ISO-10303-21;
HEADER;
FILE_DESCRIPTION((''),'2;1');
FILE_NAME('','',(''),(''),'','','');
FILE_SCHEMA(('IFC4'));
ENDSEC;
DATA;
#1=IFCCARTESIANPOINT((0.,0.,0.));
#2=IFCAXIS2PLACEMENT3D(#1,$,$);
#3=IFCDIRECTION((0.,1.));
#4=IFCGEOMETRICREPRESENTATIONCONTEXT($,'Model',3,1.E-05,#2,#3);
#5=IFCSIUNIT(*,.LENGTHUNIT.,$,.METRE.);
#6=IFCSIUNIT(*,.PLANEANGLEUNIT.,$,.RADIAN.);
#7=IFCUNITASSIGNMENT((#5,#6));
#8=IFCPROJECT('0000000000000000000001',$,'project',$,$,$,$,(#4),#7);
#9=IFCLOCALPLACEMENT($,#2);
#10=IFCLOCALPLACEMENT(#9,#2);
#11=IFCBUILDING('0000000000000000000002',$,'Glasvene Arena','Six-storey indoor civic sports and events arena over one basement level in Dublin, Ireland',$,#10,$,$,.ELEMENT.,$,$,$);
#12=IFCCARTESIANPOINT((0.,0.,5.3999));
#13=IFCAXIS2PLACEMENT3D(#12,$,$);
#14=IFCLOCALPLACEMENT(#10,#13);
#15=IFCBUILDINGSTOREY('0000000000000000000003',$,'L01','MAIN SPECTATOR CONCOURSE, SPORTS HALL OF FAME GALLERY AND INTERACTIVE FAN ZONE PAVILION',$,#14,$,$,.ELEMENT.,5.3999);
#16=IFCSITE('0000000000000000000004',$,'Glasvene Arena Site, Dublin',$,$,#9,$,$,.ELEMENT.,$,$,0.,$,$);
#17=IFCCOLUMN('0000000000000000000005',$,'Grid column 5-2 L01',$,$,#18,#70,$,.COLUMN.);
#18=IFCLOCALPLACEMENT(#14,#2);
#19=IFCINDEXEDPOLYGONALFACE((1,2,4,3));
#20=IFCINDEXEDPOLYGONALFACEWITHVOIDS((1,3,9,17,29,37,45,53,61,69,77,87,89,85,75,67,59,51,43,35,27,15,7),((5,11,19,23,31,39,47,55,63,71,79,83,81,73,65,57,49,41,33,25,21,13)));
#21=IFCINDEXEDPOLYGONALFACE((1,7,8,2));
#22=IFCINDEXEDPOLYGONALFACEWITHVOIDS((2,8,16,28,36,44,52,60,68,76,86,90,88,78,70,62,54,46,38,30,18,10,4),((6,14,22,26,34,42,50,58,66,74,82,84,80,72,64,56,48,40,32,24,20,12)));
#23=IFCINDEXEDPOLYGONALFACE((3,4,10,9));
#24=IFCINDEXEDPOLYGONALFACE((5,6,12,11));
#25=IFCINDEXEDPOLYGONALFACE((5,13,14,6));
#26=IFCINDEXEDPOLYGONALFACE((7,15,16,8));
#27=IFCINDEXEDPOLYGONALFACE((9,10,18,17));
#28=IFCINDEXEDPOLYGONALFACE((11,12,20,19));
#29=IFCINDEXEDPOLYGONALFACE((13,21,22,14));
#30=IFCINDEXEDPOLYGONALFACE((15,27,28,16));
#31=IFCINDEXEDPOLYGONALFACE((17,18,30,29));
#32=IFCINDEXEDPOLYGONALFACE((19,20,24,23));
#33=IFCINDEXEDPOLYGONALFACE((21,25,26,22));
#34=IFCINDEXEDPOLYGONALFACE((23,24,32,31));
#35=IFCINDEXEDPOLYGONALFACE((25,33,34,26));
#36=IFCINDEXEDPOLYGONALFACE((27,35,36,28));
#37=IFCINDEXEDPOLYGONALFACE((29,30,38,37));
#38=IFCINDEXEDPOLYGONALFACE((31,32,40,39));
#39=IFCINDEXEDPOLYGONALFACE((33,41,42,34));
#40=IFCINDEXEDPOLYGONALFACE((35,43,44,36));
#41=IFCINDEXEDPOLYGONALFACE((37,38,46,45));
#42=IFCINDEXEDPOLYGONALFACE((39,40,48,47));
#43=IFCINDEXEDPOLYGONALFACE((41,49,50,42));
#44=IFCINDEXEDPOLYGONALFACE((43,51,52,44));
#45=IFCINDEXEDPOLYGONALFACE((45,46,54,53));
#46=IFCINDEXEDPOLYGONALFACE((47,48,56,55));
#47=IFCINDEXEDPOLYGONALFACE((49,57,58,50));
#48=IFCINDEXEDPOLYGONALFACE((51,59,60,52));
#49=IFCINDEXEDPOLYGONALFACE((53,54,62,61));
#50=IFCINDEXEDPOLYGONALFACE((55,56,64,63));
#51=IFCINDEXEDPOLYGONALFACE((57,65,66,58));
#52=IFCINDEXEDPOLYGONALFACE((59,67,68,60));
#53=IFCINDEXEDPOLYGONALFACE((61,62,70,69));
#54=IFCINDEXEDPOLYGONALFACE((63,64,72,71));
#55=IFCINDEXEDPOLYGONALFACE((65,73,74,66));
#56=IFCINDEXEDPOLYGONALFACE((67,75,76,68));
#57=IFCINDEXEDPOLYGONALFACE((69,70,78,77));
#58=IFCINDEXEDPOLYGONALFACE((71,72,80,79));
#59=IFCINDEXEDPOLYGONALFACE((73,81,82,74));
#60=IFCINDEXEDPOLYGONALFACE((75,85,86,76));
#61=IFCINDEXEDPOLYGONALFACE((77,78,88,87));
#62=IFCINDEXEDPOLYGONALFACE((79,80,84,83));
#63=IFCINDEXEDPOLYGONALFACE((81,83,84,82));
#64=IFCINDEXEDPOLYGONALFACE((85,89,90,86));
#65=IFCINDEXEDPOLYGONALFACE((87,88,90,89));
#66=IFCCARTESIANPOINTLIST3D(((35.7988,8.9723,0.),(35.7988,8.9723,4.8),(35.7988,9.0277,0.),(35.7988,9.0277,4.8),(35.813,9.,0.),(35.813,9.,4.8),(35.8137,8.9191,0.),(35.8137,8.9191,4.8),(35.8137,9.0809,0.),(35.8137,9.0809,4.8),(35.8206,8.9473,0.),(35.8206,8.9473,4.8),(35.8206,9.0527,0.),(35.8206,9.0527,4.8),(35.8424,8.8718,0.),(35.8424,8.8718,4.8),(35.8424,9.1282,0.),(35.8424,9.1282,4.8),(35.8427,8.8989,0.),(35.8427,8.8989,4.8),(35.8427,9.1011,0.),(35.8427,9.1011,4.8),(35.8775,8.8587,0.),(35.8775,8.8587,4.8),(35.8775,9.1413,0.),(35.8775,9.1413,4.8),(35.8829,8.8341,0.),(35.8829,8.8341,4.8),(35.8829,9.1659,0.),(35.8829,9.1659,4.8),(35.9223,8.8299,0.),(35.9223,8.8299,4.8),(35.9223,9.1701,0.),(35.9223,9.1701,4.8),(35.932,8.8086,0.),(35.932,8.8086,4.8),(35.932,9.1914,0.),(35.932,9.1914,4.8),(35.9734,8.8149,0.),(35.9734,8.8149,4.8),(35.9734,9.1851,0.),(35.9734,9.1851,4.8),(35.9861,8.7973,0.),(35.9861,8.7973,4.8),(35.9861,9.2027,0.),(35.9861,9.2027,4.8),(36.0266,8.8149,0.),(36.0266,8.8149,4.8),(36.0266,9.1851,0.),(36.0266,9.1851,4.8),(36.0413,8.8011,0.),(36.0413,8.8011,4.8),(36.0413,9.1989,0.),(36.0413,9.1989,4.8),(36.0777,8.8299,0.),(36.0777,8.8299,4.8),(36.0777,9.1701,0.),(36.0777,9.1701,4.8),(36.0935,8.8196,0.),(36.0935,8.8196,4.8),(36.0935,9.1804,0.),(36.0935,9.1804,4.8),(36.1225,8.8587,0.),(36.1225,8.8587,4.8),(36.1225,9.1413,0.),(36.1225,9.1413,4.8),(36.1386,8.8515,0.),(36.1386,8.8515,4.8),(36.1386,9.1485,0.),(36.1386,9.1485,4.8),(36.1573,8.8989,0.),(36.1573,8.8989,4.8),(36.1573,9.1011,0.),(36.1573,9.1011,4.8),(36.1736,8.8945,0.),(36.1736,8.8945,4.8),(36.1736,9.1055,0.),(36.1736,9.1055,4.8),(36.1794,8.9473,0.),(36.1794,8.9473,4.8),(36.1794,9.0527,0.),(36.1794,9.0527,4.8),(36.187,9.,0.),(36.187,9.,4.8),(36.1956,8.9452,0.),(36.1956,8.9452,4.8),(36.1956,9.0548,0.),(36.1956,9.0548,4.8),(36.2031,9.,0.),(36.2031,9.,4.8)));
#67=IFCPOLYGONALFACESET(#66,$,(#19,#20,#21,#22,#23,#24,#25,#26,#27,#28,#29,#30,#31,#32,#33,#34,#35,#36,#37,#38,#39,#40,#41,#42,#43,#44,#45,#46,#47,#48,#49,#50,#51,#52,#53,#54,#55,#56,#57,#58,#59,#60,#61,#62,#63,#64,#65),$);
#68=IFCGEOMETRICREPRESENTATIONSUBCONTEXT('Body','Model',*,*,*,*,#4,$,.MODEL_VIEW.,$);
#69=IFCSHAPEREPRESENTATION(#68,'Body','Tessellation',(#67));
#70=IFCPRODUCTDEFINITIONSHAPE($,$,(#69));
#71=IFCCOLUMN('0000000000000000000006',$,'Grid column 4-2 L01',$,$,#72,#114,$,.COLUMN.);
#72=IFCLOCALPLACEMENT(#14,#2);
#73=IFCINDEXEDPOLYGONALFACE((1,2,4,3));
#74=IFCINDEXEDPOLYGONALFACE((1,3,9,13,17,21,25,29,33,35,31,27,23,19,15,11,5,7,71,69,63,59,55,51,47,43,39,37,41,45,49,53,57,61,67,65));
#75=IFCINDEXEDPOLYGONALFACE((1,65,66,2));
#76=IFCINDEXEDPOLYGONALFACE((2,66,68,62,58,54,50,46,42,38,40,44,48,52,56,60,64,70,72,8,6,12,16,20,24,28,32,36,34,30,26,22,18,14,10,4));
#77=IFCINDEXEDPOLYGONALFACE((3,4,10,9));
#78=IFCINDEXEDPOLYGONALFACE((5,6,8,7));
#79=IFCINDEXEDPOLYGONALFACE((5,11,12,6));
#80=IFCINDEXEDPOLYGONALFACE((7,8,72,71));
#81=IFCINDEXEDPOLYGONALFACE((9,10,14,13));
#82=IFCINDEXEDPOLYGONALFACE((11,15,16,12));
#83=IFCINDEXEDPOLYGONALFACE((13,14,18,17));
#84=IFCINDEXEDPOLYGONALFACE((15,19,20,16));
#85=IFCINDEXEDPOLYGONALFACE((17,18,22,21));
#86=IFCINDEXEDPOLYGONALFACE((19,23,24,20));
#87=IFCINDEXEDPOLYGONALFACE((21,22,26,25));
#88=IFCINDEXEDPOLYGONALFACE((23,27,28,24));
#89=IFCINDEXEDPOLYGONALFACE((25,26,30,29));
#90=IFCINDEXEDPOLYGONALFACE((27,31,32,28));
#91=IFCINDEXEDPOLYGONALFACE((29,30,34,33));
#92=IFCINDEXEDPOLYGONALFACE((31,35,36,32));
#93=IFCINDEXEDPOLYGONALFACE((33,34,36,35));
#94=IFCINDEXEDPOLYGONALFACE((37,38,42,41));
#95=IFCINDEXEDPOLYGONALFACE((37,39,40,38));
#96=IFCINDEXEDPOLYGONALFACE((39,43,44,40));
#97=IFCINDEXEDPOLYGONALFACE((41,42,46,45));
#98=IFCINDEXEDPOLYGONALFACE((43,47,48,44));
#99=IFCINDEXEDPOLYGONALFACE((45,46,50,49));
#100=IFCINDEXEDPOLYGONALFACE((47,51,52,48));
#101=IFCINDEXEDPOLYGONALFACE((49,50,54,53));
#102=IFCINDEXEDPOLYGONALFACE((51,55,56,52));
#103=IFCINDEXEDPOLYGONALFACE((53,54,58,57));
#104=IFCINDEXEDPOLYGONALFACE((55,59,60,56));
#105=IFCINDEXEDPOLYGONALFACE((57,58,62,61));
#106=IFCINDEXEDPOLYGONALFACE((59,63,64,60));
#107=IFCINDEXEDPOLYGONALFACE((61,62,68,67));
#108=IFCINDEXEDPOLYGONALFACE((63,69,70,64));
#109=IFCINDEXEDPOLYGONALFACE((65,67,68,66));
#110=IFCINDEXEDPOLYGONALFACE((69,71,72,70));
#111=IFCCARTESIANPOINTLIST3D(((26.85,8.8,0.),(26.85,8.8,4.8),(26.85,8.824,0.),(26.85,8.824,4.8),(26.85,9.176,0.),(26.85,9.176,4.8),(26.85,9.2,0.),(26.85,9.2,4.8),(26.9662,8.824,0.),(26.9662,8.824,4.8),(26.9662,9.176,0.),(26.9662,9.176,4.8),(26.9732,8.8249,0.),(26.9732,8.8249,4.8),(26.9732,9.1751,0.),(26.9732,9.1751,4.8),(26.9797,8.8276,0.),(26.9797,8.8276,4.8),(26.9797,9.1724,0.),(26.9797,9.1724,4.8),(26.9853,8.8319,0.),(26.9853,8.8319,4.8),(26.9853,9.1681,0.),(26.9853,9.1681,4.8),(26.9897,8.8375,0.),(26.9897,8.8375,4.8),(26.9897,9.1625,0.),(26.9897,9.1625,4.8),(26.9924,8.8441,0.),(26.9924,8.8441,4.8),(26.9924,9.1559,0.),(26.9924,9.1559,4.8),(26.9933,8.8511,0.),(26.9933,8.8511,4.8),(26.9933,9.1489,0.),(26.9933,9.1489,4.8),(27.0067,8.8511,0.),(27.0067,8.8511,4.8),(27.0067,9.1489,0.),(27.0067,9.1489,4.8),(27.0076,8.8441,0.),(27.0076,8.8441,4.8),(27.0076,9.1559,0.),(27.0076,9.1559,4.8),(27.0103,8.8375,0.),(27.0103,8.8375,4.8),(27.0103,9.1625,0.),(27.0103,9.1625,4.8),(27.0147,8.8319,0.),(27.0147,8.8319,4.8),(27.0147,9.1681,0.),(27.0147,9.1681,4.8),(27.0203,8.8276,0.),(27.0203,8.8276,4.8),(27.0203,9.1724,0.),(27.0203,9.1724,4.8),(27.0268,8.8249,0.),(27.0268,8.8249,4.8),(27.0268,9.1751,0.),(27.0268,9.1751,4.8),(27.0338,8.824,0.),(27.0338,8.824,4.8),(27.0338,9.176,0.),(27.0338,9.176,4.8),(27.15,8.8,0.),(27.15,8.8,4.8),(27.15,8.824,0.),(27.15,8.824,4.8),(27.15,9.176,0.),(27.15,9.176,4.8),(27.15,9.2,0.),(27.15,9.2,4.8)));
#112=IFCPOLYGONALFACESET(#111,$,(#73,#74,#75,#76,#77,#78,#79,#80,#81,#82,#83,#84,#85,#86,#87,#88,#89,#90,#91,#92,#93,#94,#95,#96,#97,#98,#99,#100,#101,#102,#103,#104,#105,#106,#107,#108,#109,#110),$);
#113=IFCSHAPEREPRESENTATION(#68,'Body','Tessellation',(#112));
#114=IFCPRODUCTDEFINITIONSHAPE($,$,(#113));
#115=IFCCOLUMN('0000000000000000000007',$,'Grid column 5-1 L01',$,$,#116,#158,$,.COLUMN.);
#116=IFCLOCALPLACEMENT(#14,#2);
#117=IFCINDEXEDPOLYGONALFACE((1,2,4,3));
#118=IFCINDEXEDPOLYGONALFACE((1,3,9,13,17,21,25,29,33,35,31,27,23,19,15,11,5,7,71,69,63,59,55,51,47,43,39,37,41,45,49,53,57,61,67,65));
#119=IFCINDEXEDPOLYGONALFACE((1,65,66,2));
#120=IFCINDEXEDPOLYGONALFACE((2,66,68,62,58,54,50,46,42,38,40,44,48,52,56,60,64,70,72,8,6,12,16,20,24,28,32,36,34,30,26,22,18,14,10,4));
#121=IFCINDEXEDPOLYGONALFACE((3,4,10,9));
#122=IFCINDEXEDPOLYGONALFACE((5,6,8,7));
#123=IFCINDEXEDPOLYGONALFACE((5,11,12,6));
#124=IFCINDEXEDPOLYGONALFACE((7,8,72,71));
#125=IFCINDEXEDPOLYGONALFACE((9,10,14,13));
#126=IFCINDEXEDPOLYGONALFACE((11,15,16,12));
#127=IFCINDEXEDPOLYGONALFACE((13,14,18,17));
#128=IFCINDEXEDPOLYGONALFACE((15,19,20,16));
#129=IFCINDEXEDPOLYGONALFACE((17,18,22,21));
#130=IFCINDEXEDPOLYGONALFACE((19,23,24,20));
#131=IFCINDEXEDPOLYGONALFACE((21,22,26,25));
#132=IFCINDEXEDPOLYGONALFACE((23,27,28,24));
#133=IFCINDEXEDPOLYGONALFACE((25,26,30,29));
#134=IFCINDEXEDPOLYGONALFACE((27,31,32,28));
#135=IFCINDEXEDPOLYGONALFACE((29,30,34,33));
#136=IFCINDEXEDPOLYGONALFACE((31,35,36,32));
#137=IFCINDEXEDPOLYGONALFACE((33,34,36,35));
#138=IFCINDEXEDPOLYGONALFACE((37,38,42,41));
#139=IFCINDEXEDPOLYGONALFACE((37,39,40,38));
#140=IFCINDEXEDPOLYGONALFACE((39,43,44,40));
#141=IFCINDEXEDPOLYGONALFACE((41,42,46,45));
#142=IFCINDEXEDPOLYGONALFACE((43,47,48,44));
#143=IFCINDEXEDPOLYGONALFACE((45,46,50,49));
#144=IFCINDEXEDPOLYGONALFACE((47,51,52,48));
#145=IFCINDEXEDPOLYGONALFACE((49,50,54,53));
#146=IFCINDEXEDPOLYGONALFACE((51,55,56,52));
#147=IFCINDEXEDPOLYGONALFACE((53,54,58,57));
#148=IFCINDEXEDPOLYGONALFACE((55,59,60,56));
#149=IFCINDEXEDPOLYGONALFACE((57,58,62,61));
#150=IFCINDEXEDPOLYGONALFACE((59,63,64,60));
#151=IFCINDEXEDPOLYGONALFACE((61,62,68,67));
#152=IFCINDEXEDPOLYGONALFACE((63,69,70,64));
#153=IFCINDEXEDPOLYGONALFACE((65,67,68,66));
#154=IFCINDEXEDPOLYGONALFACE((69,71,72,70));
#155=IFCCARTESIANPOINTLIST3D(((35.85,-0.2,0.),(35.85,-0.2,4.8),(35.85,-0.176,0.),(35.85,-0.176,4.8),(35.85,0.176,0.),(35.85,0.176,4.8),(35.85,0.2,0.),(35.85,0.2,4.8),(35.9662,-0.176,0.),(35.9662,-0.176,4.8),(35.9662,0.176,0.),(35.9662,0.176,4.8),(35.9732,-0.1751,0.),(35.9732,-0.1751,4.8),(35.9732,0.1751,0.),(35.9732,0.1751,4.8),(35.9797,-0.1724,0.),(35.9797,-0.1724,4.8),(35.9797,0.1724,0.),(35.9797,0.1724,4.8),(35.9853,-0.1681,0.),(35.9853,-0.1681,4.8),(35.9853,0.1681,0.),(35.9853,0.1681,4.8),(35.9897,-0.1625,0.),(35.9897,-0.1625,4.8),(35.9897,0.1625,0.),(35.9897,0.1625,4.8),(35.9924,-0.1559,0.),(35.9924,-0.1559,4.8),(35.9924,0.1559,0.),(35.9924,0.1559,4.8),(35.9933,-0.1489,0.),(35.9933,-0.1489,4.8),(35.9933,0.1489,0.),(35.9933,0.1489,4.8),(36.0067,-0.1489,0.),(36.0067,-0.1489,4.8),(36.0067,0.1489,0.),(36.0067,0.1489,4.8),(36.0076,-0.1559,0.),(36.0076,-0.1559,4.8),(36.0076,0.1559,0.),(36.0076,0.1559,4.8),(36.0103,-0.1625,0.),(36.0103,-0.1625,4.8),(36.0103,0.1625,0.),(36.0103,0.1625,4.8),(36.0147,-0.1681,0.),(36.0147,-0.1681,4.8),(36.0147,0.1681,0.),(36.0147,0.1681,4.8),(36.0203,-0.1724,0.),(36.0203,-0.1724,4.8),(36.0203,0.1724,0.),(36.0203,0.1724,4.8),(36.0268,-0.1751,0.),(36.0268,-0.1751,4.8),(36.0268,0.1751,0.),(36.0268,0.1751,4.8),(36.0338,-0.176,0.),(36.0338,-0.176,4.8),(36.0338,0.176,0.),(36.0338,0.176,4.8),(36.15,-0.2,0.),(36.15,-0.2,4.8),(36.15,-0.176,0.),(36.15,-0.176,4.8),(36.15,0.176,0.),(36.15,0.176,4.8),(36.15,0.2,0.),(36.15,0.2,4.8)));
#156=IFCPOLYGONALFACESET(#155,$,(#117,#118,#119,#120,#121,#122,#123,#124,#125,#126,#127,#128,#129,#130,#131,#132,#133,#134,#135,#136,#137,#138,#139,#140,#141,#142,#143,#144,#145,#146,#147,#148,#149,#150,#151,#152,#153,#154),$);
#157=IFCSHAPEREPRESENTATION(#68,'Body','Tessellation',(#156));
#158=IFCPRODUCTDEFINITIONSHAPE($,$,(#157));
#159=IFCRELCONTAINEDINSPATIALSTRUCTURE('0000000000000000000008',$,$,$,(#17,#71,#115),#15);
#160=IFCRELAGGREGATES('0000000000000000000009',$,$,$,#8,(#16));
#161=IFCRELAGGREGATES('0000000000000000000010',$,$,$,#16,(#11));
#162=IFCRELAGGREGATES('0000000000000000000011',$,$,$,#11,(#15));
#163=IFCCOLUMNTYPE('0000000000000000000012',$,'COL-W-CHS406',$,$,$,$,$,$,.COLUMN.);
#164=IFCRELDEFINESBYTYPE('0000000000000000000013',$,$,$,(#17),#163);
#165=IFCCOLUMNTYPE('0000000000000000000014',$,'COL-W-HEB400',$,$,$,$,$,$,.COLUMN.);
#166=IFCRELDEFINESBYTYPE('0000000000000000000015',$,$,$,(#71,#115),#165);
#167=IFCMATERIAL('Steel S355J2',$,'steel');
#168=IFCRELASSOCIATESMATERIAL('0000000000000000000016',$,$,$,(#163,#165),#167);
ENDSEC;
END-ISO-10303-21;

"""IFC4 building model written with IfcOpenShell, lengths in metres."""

from ifc_helpers import new_model, si_unit, direction, frame, origin, origin_2d, place, context, subcontext, project, spatial, hollow_circle, i_section, extrude, material, material_profile, profile_set, type_object, element, save


model = new_model("IFC4")

# Units and contexts
model_context = context("Model", 3, precision=1e-05, world=origin(), true_north=direction((0.0, 1.0)))
body_context = subcontext(model_context, "Body", "Model", "MODEL_VIEW")
ifc_project = project(units=[si_unit("LENGTHUNIT", "METRE"), si_unit("PLANEANGLEUNIT", "RADIAN")], contexts=[model_context])

# Site, building, storey
site_placement = place(None, origin())
site = spatial("IfcSite", under=ifc_project, at=site_placement, Name="Glasvene Arena Site, Dublin", CompositionType="ELEMENT", RefElevation=0.0)
building_placement = place(site_placement, origin())
building = spatial("IfcBuilding", under=site, at=building_placement, Name="Glasvene Arena", Description="Six-storey indoor civic sports and events arena over one basement level in Dublin, Ireland", CompositionType="ELEMENT")
storey_placement = place(building_placement, frame((0.0, 0.0, 5.3999)))
storey = spatial("IfcBuildingStorey", under=building, at=storey_placement, Name="L01", Description="MAIN SPECTATOR CONCOURSE, SPORTS HALL OF FAME GALLERY AND INTERACTIVE FAN ZONE PAVILION", CompositionType="ELEMENT", Elevation=5.3999)

# Columns
ifc_material_1 = material(Name="Steel S355J2", Category="steel")
ifc_material_profile_1 = material_profile(ifc_material_1, hollow_circle(Radius=0.2031, WallThickness=0.0161, at=origin_2d()), Name="CHS 406.4x16.0")
ifc_profile_set_1 = profile_set([ifc_material_profile_1], Name="Steel S355J2")
column_type_1 = type_object("IfcColumnType", Name="COL-W-CHS406", PredefinedType="COLUMN", material=ifc_profile_set_1)
column_placement = place(storey_placement, frame((36.0, 9.0, 0.0), z_axis=(0.0, 0.0, 1.0), x_axis=(1.0, 0.0, 0.0)))
element("IfcColumn", 1, at=column_placement, inside=storey, type_object=column_type_1, Name="Grid column 5-2 L01", PredefinedType="COLUMN", context=body_context, shape_type="SweptSolid", body=[
    extrude(hollow_circle(Radius=0.2031, WallThickness=0.0161, at=origin_2d()), origin(), (0.0, 0.0, 1.0), 4.8),
])
ifc_material_profile_2 = material_profile(ifc_material_1, i_section(OverallWidth=0.3, OverallDepth=0.3999, WebThickness=0.0134, FlangeThickness=0.0239, FilletRadius=0.0271, at=origin_2d()), Name="HEB 400")
ifc_profile_set_2 = profile_set([ifc_material_profile_2], Name="Steel S355J2")
column_type_2 = type_object("IfcColumnType", Name="COL-W-HEB400", PredefinedType="COLUMN", material=ifc_profile_set_2)
for number, where, z_axis, x_axis, name in (
    (2, (27.0, 9.0, 0.0), (0.0, 0.0, 1.0), (1.0, 0.0, 0.0), "Grid column 4-2 L01"),
    (3, (36.0, 0.0, 0.0), (0.0, 0.0, 1.0), (1.0, 0.0, 0.0), "Grid column 5-1 L01"),
):
    element("IfcColumn", number, at=place(storey_placement, frame(where, z_axis=z_axis, x_axis=x_axis)), inside=storey, type_object=column_type_2, Name=name, PredefinedType="COLUMN", context=body_context, shape_type="SweptSolid", body=[
        extrude(i_section(OverallWidth=0.3, OverallDepth=0.3999, WebThickness=0.0134, FlangeThickness=0.0239, FilletRadius=0.0271, at=origin_2d()), origin(), (0.0, 0.0, 1.0), 4.8),
    ])

save(model, "model.ifc")
